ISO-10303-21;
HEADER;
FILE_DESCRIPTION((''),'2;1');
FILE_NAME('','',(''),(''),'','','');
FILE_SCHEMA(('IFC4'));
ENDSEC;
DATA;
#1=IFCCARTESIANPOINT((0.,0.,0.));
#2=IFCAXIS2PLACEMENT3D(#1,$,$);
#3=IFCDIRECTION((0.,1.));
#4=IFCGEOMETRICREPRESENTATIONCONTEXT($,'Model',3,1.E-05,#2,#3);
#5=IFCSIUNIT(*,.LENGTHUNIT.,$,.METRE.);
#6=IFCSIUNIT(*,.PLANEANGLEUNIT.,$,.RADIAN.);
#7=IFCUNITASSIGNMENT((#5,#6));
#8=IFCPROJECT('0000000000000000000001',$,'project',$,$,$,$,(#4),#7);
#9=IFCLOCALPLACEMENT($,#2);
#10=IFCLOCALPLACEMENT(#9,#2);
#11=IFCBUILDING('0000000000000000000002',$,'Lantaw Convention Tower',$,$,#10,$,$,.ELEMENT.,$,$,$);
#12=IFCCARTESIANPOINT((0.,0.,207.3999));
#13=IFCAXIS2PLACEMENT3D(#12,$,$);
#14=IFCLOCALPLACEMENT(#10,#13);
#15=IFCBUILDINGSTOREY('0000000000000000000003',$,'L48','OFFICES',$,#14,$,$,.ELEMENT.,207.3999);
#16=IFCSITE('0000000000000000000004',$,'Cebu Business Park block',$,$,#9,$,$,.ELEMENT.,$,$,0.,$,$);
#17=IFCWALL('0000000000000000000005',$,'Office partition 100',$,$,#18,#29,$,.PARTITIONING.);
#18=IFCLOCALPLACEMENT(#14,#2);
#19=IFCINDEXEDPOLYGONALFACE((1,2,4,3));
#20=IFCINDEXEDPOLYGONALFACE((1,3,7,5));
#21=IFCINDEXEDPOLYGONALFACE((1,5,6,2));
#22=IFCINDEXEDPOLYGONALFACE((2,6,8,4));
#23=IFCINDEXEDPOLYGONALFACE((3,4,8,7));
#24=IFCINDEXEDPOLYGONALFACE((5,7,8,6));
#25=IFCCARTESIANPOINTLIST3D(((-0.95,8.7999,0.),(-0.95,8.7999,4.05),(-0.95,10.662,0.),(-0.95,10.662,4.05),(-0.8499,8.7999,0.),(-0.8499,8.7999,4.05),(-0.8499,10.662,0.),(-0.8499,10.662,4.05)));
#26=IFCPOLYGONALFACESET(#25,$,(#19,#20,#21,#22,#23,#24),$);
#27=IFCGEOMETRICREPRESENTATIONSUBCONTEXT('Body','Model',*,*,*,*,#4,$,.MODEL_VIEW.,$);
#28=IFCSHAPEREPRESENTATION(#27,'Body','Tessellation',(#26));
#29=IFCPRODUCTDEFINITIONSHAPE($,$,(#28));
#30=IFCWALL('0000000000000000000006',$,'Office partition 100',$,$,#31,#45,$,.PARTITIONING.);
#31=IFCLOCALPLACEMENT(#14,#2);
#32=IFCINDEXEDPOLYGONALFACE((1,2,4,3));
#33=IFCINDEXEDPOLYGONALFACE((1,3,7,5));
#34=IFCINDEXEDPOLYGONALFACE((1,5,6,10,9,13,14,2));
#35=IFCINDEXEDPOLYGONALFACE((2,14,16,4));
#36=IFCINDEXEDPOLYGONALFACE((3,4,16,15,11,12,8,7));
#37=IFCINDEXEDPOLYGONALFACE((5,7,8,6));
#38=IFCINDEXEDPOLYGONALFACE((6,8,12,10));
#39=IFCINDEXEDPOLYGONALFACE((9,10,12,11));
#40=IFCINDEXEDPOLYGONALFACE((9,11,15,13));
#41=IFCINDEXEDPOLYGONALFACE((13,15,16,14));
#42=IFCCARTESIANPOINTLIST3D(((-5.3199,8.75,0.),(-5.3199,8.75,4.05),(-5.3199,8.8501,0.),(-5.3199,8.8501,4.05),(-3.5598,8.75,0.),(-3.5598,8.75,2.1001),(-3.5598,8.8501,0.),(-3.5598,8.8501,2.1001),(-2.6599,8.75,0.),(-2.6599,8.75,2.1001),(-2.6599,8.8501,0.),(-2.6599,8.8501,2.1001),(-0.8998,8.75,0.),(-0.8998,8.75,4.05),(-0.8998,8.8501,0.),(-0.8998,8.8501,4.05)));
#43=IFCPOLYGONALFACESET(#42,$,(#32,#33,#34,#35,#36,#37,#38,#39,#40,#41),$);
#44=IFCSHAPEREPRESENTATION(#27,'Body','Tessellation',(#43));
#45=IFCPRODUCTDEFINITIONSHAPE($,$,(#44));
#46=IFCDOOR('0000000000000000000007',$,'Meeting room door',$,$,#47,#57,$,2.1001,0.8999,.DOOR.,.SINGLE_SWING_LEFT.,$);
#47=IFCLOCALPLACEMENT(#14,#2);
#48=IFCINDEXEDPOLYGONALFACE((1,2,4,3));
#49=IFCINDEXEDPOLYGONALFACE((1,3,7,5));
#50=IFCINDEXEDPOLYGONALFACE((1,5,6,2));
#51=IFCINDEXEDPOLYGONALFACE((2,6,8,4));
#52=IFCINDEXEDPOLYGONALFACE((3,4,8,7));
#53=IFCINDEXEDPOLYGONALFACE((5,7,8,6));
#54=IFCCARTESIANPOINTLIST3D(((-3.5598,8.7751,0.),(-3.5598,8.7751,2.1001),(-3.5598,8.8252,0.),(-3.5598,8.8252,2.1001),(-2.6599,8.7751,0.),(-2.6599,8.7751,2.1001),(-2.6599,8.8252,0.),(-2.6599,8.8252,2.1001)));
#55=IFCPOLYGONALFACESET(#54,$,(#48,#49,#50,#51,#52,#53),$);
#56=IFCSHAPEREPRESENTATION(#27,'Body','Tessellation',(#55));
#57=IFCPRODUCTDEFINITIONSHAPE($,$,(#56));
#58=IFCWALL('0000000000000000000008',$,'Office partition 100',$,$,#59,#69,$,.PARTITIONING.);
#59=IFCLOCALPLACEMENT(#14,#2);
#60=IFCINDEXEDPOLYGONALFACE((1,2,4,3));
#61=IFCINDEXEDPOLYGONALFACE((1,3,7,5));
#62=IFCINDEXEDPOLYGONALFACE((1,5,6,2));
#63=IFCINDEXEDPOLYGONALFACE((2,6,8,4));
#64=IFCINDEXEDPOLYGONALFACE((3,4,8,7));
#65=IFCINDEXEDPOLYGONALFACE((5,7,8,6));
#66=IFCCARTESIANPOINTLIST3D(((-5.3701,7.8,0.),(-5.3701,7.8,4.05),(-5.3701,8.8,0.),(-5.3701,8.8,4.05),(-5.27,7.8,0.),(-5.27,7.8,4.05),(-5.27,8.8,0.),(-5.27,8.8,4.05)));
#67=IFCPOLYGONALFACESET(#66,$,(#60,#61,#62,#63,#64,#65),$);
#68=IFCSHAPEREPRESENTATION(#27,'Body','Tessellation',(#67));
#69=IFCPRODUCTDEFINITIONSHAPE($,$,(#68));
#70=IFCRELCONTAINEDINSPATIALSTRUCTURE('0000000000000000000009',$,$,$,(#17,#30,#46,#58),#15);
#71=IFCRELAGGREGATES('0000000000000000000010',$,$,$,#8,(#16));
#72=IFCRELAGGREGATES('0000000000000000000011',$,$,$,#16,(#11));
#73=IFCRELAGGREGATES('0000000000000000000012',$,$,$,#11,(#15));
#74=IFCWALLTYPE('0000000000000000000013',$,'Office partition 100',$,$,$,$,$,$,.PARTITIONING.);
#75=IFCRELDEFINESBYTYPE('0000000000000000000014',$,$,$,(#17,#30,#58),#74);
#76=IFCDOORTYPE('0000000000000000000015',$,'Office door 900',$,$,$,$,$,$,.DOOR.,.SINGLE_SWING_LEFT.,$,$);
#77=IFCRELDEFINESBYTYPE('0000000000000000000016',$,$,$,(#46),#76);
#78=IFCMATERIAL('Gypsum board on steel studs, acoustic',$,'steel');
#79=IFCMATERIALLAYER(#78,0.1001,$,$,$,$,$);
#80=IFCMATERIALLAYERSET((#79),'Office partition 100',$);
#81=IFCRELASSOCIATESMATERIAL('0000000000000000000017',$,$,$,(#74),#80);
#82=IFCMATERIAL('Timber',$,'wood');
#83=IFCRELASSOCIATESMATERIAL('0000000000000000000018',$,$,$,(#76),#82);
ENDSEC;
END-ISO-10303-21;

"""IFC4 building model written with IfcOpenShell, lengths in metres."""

from ifc_helpers import new_model, si_unit, direction, frame, frame_2d, origin, place, context, subcontext, project, spatial, rectangle, extrude, material, layer, layer_set, type_object, element, fill, save


model = new_model("IFC4")

# Units and contexts
model_context = context("Model", 3, precision=1e-05, world=origin(), true_north=direction((0.0, 1.0)))
body_context = subcontext(model_context, "Body", "Model", "MODEL_VIEW")
ifc_project = project(units=[si_unit("LENGTHUNIT", "METRE"), si_unit("PLANEANGLEUNIT", "RADIAN")], contexts=[model_context])

# Site, building, storey
site_placement = place(None, origin())
site = spatial("IfcSite", under=ifc_project, at=site_placement, Name="Cebu Business Park block", CompositionType="ELEMENT", RefElevation=0.0)
building_placement = place(site_placement, origin())
building = spatial("IfcBuilding", under=site, at=building_placement, Name="Lantaw Convention Tower", CompositionType="ELEMENT")
storey_placement = place(building_placement, frame((0.0, 0.0, 207.3999)))
storey = spatial("IfcBuildingStorey", under=building, at=storey_placement, Name="L48", Description="OFFICES", CompositionType="ELEMENT", Elevation=207.3999)

# Wall
ifc_material_1 = material(Name="Gypsum board on steel studs, acoustic", Category="steel")
ifc_layer_1 = layer(ifc_material_1, 0.1001)
ifc_layer_set_1 = layer_set([ifc_layer_1], Name="Office partition 100")
wall_type_1 = type_object("IfcWallType", Name="Office partition 100", PredefinedType="PARTITIONING", material=ifc_layer_set_1)
wall_1_placement = place(storey_placement, frame((-0.8999, 10.6621, 0.0), z_axis=(0.0, 0.0, 1.0), x_axis=(0.0, -1.0, 0.0)))
element("IfcWall", 1, at=wall_1_placement, inside=storey, type_object=wall_type_1, Name="Office partition 100", PredefinedType="PARTITIONING", context=body_context, shape_type="SweptSolid", body=[
    extrude(rectangle(XDim=1.8621, YDim=0.1001, at=frame_2d((0.9312, 0.0))), origin(), (0.0, 0.0, 1.0), 4.05),
])

# Wall, opening, door
wall_2_placement = place(storey_placement, frame((-0.8999, 8.8, 0.0), z_axis=(0.0, 0.0, 1.0), x_axis=(-1.0, 0.0, 0.0)))
wall_2 = element("IfcWall", 2, at=wall_2_placement, inside=storey, type_object=wall_type_1, Name="Office partition 100", PredefinedType="PARTITIONING", context=body_context, shape_type="SweptSolid", body=[
    extrude(rectangle(XDim=4.4202, YDim=0.1001, at=frame_2d((2.21, 0.0))), origin(), (0.0, 0.0, 1.0), 4.05),
])
opening_1_placement = place(wall_2_placement, frame((1.76, 0.0, 0.0)))
opening_1 = element("IfcOpeningElement", 3, at=opening_1_placement, cuts=wall_2, PredefinedType="OPENING", context=body_context, shape_type="SweptSolid", body=[
    extrude(rectangle(XDim=0.8999, YDim=2.1001, at=frame_2d((0.45, 1.05))), frame((0.0, 0.0601, 0.0), z_axis=(0.0, -1.0, 0.0), x_axis=(1.0, 0.0, 0.0)), (0.0, 0.0, 1.0), 0.1201),
])
ifc_material_2 = material(Name="Timber", Category="wood")
door_type_1 = type_object("IfcDoorType", Name="Office door 900", OperationType="SINGLE_SWING_LEFT", PredefinedType="DOOR", material=ifc_material_2)
door_1_placement = place(opening_1_placement, origin())
door_1 = element("IfcDoor", 4, at=door_1_placement, inside=storey, type_object=door_type_1, Name="Meeting room door", OperationType="SINGLE_SWING_LEFT", OverallHeight=2.1001, OverallWidth=0.8999, PredefinedType="DOOR", context=body_context, shape_type="SweptSolid", body=[
    extrude(rectangle(XDim=0.8999, YDim=2.1001, at=frame_2d((0.45, 1.05))), frame((0.0, 0.0249, 0.0), z_axis=(0.0, -1.0, 0.0), x_axis=(1.0, 0.0, 0.0)), (0.0, 0.0, 1.0), 0.05),
])
fill(opening_1, door_1)

# Wall
wall_3_placement = place(storey_placement, frame((-5.3201, 8.8, 0.0), z_axis=(0.0, 0.0, 1.0), x_axis=(0.0, -1.0, 0.0)))
element("IfcWall", 5, at=wall_3_placement, inside=storey, type_object=wall_type_1, Name="Office partition 100", PredefinedType="PARTITIONING", context=body_context, shape_type="SweptSolid", body=[
    extrude(rectangle(XDim=1.0, YDim=0.1001, at=frame_2d((0.5, 0.0))), origin(), (0.0, 0.0, 1.0), 4.05),
])

save(model, "model.ifc")
